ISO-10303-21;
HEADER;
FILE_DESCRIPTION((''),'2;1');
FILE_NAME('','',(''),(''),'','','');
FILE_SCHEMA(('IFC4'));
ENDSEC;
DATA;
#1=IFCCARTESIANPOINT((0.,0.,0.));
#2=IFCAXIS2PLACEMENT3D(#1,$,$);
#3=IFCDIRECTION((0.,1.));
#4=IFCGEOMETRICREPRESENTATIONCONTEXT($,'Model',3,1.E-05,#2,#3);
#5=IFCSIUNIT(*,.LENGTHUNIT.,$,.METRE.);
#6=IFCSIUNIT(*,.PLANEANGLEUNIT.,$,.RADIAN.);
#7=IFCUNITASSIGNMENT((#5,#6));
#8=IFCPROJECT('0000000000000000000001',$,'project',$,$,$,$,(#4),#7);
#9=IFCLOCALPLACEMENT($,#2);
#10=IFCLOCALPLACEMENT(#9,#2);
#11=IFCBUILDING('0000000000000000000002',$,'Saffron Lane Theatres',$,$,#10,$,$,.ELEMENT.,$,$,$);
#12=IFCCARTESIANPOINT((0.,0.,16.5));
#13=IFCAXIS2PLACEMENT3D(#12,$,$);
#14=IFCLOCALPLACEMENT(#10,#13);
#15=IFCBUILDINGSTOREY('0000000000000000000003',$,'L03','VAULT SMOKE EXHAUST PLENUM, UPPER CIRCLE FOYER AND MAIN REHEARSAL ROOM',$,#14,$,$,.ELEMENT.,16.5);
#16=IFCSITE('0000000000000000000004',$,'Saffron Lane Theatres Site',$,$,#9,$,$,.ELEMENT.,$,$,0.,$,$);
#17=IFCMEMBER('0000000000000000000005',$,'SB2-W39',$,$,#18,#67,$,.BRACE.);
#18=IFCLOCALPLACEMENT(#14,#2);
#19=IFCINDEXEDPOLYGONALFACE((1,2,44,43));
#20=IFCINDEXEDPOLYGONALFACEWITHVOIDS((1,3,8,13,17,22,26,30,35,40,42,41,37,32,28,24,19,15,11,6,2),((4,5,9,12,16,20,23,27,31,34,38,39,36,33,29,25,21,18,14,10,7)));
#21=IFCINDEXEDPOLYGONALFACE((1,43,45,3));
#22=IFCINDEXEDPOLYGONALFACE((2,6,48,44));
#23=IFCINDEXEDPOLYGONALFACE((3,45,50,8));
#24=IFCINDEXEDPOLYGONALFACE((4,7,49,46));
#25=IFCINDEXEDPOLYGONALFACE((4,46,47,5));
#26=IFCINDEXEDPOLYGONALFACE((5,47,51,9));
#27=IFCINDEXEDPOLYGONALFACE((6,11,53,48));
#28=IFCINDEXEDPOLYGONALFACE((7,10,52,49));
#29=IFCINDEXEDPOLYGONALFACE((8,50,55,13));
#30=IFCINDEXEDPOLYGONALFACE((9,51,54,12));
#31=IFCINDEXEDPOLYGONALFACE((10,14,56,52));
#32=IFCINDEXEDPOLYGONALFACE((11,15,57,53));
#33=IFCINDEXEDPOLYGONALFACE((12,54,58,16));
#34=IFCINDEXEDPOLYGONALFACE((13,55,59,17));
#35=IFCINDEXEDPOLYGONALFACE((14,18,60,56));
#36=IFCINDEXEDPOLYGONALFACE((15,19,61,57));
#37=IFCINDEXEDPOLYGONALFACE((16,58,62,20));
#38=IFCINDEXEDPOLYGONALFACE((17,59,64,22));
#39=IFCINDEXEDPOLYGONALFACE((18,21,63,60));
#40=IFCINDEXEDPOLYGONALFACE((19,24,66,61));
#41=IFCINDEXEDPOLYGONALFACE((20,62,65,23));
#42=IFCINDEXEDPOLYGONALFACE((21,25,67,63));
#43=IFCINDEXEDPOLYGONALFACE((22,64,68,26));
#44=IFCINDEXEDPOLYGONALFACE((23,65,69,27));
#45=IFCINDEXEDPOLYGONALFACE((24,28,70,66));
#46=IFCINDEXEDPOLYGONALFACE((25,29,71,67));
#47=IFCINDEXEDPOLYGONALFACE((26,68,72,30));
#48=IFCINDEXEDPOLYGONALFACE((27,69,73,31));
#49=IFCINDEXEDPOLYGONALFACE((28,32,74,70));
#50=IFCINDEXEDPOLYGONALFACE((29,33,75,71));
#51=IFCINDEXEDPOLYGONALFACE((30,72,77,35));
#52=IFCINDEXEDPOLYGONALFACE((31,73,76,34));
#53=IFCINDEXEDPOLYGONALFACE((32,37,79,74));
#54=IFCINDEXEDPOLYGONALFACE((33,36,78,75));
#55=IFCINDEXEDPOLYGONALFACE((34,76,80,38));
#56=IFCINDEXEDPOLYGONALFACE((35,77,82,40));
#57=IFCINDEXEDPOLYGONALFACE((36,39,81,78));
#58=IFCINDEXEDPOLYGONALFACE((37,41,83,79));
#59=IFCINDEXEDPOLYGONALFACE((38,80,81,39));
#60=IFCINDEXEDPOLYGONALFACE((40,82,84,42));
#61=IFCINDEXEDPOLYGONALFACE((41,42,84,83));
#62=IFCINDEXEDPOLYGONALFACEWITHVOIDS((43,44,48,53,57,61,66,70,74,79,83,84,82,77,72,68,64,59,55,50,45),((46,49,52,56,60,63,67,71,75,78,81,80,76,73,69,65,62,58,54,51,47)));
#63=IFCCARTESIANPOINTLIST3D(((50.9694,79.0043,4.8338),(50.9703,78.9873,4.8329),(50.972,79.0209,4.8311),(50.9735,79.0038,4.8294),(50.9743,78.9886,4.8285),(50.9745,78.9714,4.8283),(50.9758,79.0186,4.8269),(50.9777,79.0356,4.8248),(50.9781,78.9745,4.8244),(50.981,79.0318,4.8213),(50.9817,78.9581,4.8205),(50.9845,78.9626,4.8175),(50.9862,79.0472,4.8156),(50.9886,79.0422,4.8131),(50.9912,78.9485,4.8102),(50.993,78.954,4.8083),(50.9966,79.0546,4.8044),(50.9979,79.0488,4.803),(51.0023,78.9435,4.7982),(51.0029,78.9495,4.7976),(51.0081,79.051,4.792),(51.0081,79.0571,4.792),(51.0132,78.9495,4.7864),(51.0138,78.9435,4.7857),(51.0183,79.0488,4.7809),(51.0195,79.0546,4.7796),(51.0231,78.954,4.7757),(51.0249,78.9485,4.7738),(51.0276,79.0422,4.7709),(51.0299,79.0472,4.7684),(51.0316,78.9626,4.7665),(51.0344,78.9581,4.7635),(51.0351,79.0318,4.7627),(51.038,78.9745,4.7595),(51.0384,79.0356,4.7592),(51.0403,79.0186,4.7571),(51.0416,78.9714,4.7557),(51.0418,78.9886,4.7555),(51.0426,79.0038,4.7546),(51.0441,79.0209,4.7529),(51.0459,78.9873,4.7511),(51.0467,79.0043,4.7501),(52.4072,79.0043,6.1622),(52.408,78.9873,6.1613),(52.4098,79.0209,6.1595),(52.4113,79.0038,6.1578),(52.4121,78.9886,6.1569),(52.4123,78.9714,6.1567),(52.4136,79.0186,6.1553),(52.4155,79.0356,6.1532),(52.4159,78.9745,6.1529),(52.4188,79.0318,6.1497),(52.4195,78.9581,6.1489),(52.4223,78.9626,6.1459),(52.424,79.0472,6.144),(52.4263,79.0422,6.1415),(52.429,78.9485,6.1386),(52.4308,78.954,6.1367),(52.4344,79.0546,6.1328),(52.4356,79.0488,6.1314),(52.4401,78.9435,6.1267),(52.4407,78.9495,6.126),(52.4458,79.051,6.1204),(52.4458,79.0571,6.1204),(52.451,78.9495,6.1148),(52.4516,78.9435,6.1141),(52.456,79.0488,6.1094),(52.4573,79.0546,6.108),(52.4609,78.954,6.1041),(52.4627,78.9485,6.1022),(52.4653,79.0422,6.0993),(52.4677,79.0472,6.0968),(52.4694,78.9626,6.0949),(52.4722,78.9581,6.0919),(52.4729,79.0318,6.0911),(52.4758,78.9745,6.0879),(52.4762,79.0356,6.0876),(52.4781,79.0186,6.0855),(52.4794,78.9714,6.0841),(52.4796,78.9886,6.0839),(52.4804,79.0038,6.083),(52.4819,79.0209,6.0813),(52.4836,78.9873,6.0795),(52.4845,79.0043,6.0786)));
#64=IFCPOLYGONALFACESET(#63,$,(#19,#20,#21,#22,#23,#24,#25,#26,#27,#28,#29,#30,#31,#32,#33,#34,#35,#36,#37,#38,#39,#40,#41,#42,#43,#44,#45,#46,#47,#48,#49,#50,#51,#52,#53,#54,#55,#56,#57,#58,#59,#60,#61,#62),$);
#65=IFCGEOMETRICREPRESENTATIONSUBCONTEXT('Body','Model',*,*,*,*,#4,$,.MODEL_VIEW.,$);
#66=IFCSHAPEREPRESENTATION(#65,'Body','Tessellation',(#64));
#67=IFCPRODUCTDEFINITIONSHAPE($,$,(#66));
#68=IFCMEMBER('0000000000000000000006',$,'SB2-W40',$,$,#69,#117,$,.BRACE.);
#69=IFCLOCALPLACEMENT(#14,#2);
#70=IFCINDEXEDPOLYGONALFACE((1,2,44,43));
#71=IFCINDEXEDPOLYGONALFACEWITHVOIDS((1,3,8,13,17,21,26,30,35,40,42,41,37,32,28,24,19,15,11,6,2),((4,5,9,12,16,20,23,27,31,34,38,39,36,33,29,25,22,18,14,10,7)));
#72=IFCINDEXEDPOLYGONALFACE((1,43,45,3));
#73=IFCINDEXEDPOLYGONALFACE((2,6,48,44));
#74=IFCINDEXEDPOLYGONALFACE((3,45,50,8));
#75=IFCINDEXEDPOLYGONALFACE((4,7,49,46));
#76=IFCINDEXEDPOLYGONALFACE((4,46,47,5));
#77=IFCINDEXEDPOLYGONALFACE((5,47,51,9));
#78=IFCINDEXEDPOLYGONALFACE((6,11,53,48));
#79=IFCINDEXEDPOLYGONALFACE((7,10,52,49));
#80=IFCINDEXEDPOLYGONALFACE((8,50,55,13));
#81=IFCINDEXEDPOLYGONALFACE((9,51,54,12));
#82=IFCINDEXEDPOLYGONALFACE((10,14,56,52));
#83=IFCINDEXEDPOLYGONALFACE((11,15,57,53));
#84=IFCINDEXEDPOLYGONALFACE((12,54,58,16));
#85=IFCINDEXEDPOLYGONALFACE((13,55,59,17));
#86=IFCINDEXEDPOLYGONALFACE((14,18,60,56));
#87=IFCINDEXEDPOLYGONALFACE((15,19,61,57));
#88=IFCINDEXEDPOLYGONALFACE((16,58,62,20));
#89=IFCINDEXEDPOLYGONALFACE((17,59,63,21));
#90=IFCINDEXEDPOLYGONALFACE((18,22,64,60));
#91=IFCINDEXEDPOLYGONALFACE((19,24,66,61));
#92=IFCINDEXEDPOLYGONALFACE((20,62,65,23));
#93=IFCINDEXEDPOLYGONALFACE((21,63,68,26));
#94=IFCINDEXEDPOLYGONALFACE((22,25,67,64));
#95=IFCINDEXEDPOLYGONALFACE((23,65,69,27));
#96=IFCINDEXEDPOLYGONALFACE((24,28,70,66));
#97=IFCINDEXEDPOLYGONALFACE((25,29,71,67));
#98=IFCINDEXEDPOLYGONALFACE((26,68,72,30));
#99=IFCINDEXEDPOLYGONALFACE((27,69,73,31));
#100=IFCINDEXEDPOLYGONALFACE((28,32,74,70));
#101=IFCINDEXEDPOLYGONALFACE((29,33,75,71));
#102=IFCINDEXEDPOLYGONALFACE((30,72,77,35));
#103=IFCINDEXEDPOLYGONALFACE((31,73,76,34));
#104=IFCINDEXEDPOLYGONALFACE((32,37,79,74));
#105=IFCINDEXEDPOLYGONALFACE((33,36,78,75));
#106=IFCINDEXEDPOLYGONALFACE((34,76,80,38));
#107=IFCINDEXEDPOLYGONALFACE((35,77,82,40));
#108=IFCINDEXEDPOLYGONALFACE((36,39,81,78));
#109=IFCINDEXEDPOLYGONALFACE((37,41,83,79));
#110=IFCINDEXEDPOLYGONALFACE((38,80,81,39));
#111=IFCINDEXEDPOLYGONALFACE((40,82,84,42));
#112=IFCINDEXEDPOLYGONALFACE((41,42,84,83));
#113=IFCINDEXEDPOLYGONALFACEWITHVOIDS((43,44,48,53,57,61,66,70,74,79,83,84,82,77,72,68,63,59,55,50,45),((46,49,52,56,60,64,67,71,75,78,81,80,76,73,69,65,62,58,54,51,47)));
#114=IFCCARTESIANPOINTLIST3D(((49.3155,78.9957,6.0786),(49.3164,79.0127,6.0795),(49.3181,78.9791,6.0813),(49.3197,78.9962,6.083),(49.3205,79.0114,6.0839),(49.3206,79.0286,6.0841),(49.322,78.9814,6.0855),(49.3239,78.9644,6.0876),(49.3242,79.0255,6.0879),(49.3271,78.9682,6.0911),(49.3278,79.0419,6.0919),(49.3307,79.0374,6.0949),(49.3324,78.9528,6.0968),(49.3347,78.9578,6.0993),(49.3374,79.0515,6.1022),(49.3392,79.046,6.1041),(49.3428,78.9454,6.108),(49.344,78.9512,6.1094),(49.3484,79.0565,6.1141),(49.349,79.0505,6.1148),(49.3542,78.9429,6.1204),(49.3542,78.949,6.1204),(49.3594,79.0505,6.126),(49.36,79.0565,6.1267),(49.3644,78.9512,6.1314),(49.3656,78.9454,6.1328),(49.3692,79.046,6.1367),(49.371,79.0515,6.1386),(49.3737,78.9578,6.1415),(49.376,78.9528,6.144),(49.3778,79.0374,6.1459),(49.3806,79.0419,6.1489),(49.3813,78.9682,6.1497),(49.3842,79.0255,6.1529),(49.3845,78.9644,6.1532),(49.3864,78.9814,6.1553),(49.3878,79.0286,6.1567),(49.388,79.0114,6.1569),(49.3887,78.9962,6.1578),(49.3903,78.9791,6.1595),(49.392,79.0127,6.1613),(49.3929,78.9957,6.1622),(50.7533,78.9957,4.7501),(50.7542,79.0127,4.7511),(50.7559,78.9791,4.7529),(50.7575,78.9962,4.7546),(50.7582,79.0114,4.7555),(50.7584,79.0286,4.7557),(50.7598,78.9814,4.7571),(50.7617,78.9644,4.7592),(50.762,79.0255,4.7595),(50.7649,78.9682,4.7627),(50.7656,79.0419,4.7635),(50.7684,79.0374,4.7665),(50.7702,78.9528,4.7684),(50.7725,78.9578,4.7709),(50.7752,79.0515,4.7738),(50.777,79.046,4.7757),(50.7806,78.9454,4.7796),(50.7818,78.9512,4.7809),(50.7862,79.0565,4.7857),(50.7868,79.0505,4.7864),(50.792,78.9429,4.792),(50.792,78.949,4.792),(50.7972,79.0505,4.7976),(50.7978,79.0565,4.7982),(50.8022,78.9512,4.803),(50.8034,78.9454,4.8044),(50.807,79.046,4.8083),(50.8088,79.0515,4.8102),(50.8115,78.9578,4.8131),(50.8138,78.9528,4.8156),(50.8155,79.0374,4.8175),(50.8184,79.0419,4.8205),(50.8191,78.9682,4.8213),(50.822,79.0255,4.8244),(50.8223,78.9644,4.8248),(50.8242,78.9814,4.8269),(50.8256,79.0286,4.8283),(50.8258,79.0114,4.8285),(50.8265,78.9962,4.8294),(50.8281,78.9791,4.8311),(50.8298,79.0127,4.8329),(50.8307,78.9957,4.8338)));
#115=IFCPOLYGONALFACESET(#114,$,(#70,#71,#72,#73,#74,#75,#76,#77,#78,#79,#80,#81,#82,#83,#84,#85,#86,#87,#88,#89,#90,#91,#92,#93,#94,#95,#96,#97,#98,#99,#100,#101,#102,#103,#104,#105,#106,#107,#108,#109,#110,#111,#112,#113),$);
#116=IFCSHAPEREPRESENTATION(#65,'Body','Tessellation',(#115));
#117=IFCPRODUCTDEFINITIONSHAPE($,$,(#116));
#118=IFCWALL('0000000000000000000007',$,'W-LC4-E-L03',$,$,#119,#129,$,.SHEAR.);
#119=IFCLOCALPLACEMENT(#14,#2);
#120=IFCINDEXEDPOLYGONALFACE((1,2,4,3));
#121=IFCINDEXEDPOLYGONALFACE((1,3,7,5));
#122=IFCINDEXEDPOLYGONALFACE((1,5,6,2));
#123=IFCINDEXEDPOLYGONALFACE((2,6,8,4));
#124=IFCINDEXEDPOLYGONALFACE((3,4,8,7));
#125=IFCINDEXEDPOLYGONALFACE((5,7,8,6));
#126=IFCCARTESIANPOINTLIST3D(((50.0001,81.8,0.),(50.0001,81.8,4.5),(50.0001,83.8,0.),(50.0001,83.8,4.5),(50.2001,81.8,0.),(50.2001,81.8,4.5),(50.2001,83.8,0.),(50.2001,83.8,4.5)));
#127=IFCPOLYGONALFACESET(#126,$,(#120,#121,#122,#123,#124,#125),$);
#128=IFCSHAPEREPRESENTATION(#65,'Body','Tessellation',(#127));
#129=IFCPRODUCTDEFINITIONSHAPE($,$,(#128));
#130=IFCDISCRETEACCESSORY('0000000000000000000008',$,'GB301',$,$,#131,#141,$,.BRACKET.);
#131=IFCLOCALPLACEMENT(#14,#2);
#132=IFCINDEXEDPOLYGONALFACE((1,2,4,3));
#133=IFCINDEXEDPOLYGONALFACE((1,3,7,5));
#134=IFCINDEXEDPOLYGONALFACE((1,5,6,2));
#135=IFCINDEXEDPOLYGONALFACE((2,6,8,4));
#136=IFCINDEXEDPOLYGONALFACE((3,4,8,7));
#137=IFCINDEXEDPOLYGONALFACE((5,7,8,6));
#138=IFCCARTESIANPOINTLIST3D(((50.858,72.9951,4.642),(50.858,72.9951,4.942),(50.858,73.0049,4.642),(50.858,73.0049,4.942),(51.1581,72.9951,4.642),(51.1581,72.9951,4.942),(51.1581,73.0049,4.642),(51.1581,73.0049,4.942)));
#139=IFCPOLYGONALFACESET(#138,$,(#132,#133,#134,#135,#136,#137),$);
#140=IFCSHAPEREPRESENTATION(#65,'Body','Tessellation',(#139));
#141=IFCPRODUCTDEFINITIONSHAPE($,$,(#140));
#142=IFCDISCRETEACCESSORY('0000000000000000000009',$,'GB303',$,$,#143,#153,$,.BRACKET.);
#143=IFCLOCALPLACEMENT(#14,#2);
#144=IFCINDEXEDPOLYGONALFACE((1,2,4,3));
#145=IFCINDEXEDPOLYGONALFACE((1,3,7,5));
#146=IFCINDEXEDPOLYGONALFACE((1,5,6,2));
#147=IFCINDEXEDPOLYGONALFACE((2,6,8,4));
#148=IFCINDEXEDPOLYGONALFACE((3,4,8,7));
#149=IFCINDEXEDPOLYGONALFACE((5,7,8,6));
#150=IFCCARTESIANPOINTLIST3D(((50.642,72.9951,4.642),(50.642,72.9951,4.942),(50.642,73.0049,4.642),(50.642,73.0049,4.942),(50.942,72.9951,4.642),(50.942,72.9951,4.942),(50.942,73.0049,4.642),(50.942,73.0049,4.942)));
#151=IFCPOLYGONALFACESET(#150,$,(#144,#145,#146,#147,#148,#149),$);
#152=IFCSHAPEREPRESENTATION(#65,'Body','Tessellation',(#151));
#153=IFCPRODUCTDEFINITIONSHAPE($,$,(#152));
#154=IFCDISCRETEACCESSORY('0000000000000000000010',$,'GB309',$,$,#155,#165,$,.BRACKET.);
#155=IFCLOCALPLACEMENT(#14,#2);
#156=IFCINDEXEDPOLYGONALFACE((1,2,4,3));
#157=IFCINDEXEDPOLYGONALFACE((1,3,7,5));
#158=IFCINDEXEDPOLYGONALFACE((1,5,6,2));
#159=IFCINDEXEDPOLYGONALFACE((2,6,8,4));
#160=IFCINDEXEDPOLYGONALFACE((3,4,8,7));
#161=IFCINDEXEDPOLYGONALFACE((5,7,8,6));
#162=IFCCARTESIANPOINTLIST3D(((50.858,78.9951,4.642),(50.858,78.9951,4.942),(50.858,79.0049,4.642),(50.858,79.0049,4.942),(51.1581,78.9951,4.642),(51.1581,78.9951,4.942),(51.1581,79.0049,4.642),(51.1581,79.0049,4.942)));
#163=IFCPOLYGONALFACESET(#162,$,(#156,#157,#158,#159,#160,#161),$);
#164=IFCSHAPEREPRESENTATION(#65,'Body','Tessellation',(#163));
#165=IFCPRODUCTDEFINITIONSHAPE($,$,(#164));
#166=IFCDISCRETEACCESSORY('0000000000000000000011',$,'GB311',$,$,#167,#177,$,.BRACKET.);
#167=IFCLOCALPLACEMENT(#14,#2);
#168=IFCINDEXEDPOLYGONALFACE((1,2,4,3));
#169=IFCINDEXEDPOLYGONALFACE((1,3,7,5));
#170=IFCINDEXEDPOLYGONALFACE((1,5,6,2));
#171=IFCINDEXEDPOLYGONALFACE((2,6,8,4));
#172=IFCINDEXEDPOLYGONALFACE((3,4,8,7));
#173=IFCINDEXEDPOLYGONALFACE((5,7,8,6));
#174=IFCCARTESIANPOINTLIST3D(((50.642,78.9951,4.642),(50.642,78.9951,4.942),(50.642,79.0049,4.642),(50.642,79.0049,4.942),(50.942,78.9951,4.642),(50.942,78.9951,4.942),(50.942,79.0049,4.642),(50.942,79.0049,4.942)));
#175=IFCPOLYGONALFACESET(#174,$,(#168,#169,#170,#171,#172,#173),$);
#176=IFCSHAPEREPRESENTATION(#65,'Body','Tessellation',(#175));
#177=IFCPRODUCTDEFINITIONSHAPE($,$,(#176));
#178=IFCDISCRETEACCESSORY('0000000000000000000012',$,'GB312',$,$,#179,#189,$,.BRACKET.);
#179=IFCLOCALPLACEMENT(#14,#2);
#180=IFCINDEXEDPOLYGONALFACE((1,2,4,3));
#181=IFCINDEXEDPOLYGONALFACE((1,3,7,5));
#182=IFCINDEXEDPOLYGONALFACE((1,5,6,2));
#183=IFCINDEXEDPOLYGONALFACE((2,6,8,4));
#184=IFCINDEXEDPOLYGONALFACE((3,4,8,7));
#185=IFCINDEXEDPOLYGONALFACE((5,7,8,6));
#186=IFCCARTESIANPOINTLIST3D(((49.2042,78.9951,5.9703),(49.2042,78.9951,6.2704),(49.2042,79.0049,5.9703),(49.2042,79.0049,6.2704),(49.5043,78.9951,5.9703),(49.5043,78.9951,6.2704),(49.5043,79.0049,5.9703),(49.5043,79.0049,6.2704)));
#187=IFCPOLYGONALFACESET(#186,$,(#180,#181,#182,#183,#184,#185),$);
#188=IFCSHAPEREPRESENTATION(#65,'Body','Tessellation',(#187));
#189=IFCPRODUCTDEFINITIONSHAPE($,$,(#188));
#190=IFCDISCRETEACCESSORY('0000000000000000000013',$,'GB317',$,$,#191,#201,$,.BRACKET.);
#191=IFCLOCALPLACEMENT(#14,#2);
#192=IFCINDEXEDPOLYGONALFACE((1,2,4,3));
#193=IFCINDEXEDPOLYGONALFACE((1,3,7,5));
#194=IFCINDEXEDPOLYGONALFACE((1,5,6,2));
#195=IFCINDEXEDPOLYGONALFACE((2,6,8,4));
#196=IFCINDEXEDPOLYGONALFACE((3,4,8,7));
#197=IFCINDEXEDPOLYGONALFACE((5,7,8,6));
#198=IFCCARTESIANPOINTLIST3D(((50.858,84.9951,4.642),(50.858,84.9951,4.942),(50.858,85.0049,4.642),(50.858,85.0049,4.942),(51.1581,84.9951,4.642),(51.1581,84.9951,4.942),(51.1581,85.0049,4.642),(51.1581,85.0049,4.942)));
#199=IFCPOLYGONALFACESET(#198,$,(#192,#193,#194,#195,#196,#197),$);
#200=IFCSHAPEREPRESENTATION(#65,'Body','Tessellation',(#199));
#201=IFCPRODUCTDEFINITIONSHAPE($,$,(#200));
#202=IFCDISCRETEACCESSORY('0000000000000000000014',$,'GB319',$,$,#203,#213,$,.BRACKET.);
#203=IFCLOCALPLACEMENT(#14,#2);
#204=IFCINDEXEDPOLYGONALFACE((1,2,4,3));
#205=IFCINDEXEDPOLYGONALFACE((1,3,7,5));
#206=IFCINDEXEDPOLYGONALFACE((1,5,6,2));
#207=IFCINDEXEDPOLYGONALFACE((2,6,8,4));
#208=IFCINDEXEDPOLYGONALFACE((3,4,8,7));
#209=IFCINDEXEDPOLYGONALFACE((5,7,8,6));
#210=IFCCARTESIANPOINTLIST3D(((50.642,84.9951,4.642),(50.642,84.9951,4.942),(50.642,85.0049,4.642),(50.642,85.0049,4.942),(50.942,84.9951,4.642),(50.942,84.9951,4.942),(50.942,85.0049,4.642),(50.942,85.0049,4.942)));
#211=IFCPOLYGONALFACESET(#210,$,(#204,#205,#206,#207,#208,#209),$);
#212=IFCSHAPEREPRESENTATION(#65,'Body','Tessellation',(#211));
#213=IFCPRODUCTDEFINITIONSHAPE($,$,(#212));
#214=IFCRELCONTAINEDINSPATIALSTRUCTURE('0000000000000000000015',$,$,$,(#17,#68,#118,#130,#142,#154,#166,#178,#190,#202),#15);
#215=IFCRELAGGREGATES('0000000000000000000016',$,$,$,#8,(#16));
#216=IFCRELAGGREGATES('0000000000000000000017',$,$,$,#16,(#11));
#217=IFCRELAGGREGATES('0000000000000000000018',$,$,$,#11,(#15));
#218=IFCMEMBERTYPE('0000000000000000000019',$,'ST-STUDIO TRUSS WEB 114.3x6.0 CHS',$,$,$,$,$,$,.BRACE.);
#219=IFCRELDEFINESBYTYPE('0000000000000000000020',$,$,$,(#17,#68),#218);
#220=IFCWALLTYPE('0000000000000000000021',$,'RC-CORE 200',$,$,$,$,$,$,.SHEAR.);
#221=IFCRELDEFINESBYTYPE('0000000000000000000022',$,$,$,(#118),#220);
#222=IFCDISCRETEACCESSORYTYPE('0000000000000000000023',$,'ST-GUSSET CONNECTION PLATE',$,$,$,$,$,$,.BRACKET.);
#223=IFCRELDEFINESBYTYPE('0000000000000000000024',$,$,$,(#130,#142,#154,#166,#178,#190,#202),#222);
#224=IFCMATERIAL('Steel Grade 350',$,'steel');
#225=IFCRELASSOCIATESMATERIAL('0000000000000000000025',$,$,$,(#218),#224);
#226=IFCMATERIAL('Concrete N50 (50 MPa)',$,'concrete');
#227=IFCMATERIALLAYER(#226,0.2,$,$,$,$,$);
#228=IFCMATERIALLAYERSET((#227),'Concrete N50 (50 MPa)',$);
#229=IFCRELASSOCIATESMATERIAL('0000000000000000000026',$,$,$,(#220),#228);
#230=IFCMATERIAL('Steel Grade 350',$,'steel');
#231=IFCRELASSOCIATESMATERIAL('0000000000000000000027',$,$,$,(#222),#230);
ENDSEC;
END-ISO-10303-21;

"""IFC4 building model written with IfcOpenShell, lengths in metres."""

from ifc_helpers import new_model, si_unit, direction, frame, frame_2d, origin, origin_2d, place, context, subcontext, project, spatial, rectangle, hollow_circle, extrude, material, layer, layer_set, material_profile, profile_set, type_object, element, save


model = new_model("IFC4")

# Units and contexts
model_context = context("Model", 3, precision=1e-05, world=origin(), true_north=direction((0.0, 1.0)))
body_context = subcontext(model_context, "Body", "Model", "MODEL_VIEW")
ifc_project = project(units=[si_unit("LENGTHUNIT", "METRE"), si_unit("PLANEANGLEUNIT", "RADIAN")], contexts=[model_context])

# Site, building, storey
site_placement = place(None, origin())
site = spatial("IfcSite", under=ifc_project, at=site_placement, Name="Saffron Lane Theatres Site", CompositionType="ELEMENT", RefElevation=0.0)
building_placement = place(site_placement, origin())
building = spatial("IfcBuilding", under=site, at=building_placement, Name="Saffron Lane Theatres", CompositionType="ELEMENT")
storey_placement = place(building_placement, frame((0.0, 0.0, 16.5)))
storey = spatial("IfcBuildingStorey", under=building, at=storey_placement, Name="L03", Description="VAULT SMOKE EXHAUST PLENUM, UPPER CIRCLE FOYER AND MAIN REHEARSAL ROOM", CompositionType="ELEMENT", Elevation=16.5)

# Members
ifc_material_1 = material(Name="Steel Grade 350", Category="steel")
ifc_material_profile_1 = material_profile(ifc_material_1, hollow_circle(Radius=0.0571, WallThickness=0.0061, at=origin_2d()))
ifc_profile_set_1 = profile_set([ifc_material_profile_1], Name="Steel Grade 350")
member_type_1 = type_object("IfcMemberType", Name="ST-STUDIO TRUSS WEB 114.3x6.0 CHS", PredefinedType="BRACE", material=ifc_profile_set_1)
for number, where, z_axis, x_axis, name in (
    (1, (51.0081, 79.0, 4.792), (0.734493, 0.0, 0.678617), (0.0, 1.0, 0.0), "SB2-W39"),
    (2, (50.792, 79.0, 4.792), (-0.734493, 0.0, 0.678617), (0.0, -1.0, 0.0), "SB2-W40"),
):
    element("IfcMember", number, at=place(storey_placement, frame(where, z_axis=z_axis, x_axis=x_axis)), inside=storey, type_object=member_type_1, Name=name, PredefinedType="BRACE", context=body_context, shape_type="SweptSolid", body=[
        extrude(hollow_circle(Radius=0.0571, WallThickness=0.0061, at=origin_2d()), origin(), (0.0, 0.0, 1.0), 1.9575),
    ])

# Wall
ifc_material_2 = material(Name="Concrete N50 (50 MPa)", Category="concrete")
ifc_layer = layer(ifc_material_2, 0.2)
ifc_layer_set = layer_set([ifc_layer], Name="Concrete N50 (50 MPa)")
wall_type = type_object("IfcWallType", Name="RC-CORE 200", PredefinedType="SHEAR", material=ifc_layer_set)
wall_placement = place(storey_placement, frame((50.1001, 81.8, 0.0), z_axis=(0.0, 0.0, 1.0), x_axis=(0.0, 1.0, 0.0)))
element("IfcWall", 3, at=wall_placement, inside=storey, type_object=wall_type, Name="W-LC4-E-L03", PredefinedType="SHEAR", context=body_context, shape_type="SweptSolid", body=[
    extrude(rectangle(XDim=2.0, YDim=0.2, at=frame_2d((1.0, 0.0))), origin(), (0.0, 0.0, 1.0), 4.5),
])

# Discrete accessories
ifc_material_3 = material(Name="Steel Grade 350", Category="steel")
ifc_material_profile_2 = material_profile(ifc_material_3, rectangle(XDim=0.3, YDim=0.3, at=origin_2d()))
ifc_profile_set_2 = profile_set([ifc_material_profile_2], Name="Steel Grade 350")
discrete_accessory_type_1 = type_object("IfcDiscreteAccessoryType", Name="ST-GUSSET CONNECTION PLATE", PredefinedType="BRACKET", material=ifc_profile_set_2)
for number, where, z_axis, x_axis, name in (
    (4, (51.0081, 72.9951, 4.792), (0.0, 1.0, 0.0), (-1.0, 0.0, 0.0), "GB301"),
    (5, (50.792, 72.9951, 4.792), (0.0, 1.0, 0.0), (-1.0, 0.0, 0.0), "GB303"),
    (6, (51.0081, 78.9951, 4.792), (0.0, 1.0, 0.0), (-1.0, 0.0, 0.0), "GB309"),
    (7, (50.792, 78.9951, 4.792), (0.0, 1.0, 0.0), (-1.0, 0.0, 0.0), "GB311"),
    (8, (49.3542, 78.9951, 6.1204), (0.0, 1.0, 0.0), (-1.0, 0.0, 0.0), "GB312"),
    (9, (51.0081, 84.9951, 4.792), (0.0, 1.0, 0.0), (-1.0, 0.0, 0.0), "GB317"),
    (10, (50.792, 84.9951, 4.792), (0.0, 1.0, 0.0), (-1.0, 0.0, 0.0), "GB319"),
):
    element("IfcDiscreteAccessory", number, at=place(storey_placement, frame(where, z_axis=z_axis, x_axis=x_axis)), inside=storey, type_object=discrete_accessory_type_1, Name=name, PredefinedType="BRACKET", context=body_context, shape_type="SweptSolid", body=[
        extrude(rectangle(XDim=0.3, YDim=0.3, at=origin_2d()), origin(), (0.0, 0.0, 1.0), 0.0098),
    ])

save(model, "model.ifc")
